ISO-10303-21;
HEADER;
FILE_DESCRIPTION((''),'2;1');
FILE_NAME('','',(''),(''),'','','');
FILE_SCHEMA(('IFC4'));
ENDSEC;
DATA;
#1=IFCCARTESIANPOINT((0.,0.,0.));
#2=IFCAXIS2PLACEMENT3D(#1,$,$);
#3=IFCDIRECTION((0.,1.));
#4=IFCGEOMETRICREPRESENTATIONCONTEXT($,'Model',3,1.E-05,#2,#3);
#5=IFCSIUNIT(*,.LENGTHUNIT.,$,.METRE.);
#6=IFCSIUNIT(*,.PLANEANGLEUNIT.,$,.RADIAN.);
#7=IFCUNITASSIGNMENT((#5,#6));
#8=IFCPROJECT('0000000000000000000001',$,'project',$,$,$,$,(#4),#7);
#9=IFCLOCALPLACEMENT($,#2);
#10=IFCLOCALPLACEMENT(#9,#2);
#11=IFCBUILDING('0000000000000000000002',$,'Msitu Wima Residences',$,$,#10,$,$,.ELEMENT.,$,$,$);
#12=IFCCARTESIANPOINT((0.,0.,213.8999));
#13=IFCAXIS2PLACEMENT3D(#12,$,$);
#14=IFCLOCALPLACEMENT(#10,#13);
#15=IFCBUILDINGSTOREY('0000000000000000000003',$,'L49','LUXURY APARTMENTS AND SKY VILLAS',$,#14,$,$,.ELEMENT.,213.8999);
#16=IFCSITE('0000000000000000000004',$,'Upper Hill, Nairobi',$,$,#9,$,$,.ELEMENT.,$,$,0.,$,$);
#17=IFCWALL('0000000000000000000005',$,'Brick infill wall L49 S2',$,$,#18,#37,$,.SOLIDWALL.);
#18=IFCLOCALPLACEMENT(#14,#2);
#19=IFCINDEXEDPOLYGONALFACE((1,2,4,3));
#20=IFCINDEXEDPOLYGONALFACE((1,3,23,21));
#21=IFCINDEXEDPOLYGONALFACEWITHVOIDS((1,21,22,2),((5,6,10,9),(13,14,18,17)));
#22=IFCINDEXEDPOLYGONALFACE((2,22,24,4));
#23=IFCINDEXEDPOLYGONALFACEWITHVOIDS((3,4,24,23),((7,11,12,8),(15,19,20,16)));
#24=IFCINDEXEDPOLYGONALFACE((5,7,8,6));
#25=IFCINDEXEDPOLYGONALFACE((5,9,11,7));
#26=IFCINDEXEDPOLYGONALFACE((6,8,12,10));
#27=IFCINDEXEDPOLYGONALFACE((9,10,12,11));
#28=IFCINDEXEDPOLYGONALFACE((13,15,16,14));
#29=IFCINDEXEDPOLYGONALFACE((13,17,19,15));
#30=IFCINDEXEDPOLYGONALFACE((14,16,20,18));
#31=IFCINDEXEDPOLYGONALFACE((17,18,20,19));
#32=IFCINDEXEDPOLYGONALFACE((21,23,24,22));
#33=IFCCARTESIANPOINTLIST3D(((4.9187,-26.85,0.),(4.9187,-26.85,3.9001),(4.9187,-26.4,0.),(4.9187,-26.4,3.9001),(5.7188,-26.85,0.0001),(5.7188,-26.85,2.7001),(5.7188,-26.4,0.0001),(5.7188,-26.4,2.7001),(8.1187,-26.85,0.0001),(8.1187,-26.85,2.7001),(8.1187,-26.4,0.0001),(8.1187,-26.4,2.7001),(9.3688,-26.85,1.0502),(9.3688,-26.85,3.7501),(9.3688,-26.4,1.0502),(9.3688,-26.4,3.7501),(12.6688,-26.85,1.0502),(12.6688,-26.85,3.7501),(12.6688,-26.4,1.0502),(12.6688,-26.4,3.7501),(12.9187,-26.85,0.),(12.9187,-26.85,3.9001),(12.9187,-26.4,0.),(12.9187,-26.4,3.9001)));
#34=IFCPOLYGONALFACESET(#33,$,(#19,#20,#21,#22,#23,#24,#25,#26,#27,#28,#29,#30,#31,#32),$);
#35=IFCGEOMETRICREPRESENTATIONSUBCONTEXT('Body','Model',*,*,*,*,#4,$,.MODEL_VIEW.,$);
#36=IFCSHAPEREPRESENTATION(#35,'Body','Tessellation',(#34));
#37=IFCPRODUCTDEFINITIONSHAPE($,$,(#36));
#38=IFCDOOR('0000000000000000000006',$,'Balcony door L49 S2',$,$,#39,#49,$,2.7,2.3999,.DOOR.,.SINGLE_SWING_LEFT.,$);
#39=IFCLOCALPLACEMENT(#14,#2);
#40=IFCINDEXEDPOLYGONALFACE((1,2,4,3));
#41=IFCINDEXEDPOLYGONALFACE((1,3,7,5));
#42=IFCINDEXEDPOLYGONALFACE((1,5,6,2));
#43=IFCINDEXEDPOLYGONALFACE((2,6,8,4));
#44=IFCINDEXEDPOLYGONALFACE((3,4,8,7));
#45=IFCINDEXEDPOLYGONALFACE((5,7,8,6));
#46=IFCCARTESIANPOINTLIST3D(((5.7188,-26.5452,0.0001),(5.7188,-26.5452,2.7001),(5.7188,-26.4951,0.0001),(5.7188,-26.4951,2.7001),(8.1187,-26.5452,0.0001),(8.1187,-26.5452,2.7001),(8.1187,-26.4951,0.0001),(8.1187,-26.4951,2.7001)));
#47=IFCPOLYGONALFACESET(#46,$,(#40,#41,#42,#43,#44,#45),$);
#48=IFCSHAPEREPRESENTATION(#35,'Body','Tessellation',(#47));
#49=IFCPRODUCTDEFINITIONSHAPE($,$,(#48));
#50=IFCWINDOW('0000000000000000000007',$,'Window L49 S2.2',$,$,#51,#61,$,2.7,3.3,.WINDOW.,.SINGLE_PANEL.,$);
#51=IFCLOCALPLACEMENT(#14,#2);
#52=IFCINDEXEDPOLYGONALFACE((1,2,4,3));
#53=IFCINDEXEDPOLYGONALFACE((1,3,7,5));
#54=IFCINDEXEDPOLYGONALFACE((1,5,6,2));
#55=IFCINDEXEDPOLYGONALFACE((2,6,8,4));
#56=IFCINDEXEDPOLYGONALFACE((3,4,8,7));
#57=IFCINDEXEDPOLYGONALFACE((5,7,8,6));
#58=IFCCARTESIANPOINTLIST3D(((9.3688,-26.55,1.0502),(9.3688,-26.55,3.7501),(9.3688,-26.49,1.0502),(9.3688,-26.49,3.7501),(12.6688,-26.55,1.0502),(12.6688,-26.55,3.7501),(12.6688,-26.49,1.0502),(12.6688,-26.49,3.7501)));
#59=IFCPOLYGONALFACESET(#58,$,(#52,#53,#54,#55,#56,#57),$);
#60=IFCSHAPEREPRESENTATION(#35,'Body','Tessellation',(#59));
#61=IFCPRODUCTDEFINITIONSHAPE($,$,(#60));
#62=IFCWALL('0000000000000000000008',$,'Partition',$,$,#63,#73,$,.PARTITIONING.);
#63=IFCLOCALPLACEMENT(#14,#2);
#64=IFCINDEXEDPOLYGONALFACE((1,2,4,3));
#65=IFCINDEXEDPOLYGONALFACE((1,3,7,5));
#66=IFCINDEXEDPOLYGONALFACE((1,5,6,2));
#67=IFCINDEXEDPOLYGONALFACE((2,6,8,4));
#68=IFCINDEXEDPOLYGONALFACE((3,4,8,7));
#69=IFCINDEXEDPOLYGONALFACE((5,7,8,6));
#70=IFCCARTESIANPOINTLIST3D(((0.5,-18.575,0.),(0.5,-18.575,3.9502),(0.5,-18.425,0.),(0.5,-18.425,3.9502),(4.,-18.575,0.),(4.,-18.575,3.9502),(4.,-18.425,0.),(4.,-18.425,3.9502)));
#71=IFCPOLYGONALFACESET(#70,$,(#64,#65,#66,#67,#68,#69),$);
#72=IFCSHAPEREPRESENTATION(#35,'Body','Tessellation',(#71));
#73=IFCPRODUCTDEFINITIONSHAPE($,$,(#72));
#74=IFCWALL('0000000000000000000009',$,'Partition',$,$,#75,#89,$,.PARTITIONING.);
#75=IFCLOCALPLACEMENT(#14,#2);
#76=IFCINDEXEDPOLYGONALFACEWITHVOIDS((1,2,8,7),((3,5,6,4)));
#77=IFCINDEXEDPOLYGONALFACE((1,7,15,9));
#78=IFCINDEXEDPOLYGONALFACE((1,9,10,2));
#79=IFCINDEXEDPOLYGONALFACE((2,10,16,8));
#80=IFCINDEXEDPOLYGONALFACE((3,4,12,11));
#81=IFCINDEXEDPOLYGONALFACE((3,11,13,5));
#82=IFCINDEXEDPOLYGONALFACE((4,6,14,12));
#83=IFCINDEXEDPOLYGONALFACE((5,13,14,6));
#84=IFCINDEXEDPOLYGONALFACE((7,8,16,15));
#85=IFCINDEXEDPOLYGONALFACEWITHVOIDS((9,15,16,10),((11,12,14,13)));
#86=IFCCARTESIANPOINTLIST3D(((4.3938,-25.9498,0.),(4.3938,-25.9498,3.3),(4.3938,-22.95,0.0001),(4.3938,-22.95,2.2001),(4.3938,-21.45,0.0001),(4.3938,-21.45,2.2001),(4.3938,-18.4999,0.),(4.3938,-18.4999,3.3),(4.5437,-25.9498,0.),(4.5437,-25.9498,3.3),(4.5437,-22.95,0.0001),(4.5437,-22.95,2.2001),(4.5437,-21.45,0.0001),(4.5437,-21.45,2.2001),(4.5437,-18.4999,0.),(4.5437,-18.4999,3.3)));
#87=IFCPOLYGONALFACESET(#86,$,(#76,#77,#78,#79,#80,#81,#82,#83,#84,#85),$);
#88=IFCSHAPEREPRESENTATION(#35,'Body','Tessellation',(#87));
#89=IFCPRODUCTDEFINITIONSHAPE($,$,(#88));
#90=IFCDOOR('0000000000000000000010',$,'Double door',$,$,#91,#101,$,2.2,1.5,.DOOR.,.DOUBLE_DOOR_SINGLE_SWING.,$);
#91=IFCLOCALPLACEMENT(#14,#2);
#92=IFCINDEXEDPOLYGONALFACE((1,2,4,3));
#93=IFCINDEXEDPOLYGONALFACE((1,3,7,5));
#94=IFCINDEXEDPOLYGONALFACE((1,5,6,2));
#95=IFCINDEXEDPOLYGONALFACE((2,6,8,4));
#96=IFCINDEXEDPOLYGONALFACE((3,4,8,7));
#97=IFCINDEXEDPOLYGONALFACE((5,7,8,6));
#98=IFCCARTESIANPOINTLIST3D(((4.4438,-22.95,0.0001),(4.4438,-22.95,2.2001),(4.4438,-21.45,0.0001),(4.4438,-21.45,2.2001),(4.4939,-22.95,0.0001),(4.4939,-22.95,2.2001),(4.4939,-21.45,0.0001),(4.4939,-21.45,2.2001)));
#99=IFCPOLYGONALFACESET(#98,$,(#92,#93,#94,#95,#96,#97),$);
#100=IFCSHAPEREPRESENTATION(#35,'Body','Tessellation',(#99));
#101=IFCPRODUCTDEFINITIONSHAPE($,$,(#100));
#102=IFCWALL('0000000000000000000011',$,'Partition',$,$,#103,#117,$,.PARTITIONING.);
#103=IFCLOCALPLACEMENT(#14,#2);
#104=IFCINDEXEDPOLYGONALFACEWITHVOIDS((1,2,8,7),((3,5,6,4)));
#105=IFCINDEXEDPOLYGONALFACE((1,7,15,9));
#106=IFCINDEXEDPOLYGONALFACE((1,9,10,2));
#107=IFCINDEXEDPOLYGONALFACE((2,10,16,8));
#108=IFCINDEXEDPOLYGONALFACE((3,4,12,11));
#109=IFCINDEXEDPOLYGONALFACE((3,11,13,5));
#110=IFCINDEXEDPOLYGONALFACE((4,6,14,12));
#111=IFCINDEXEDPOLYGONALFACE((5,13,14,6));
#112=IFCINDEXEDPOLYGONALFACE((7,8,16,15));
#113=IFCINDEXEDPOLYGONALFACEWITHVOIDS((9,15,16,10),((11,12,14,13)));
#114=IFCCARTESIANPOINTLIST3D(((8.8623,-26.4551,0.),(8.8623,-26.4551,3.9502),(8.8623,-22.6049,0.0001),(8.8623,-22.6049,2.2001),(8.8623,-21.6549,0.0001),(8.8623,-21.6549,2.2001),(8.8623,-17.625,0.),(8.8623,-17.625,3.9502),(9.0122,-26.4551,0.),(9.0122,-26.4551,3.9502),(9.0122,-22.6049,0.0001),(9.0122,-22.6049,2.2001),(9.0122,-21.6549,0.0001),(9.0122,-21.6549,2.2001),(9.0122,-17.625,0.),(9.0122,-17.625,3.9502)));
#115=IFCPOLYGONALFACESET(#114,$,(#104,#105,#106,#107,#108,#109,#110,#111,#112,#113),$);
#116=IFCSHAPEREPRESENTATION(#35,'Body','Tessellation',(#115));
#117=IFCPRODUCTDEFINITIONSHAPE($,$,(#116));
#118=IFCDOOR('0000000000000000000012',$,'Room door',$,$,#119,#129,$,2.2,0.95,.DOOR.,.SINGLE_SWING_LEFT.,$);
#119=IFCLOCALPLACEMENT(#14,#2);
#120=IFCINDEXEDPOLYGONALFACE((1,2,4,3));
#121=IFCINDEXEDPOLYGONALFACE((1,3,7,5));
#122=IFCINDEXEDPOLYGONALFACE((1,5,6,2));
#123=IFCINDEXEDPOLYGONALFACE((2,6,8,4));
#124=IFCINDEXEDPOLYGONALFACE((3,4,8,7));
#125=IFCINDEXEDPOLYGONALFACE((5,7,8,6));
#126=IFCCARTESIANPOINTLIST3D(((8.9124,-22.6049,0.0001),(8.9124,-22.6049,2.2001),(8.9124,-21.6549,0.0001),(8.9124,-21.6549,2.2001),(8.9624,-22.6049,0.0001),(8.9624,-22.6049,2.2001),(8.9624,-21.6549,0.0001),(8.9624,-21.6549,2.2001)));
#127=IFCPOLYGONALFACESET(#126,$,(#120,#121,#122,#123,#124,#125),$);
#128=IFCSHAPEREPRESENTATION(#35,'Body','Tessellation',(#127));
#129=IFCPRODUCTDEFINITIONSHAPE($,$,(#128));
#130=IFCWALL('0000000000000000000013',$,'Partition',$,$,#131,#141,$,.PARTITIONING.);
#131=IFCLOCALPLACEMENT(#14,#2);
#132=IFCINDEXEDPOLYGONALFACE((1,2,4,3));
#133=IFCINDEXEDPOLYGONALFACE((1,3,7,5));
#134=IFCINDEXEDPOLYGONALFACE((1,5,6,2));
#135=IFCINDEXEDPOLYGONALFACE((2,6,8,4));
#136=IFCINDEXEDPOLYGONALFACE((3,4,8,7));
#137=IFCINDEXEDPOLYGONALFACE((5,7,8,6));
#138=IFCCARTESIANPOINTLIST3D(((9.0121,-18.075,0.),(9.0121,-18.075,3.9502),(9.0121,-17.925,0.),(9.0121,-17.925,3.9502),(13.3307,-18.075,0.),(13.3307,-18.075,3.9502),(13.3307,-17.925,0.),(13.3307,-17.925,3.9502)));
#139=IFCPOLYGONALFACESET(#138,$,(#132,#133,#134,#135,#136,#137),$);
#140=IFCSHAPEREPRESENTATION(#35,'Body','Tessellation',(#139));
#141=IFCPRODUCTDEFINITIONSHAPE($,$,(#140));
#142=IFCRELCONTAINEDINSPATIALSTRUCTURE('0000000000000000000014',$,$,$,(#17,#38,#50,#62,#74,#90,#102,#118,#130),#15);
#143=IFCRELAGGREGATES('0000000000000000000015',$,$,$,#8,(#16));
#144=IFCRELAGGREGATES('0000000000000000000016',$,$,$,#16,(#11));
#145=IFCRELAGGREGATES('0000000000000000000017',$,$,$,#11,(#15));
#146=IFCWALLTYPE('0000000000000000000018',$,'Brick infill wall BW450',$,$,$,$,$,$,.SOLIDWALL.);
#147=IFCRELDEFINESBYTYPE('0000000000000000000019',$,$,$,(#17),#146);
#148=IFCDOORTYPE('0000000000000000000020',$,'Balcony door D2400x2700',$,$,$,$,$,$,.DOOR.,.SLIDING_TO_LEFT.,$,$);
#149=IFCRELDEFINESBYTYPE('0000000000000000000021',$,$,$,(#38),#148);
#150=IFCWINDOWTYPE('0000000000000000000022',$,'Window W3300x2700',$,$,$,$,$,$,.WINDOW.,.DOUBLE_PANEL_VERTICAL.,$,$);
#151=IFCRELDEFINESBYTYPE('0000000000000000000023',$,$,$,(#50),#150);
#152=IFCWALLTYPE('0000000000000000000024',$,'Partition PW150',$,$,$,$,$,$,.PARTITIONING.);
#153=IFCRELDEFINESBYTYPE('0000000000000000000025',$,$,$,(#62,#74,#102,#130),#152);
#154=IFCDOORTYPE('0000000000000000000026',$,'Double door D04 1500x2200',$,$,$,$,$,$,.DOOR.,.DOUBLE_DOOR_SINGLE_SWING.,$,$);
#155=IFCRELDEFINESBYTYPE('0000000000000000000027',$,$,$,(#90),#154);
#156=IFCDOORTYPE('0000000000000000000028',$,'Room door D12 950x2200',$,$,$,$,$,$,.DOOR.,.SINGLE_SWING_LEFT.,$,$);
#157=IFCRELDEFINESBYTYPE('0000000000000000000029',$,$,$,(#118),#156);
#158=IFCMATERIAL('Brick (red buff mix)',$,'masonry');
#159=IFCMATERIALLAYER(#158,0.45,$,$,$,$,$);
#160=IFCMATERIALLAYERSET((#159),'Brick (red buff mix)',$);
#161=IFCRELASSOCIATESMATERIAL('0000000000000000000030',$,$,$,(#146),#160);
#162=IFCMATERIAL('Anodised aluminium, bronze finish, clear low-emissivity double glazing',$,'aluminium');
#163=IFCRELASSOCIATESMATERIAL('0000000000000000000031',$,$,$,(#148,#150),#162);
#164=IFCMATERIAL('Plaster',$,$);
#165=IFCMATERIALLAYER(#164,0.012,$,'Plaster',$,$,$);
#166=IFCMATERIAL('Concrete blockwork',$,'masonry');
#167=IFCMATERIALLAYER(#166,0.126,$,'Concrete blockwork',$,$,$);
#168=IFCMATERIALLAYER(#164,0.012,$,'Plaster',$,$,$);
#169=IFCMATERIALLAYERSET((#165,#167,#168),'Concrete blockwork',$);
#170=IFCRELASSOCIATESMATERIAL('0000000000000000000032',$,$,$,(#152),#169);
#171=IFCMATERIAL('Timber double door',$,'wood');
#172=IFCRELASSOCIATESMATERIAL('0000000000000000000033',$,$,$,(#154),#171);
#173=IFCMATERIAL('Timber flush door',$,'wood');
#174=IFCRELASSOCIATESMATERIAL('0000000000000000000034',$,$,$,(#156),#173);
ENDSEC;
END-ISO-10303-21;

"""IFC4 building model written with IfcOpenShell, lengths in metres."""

from ifc_helpers import new_model, si_unit, direction, frame, frame_2d, origin, place, context, subcontext, project, spatial, rectangle, extrude, material, layer, layer_set, type_object, element, fill, save


model = new_model("IFC4")

# Units and contexts
model_context = context("Model", 3, precision=1e-05, world=origin(), true_north=direction((0.0, 1.0)))
body_context = subcontext(model_context, "Body", "Model", "MODEL_VIEW")
ifc_project = project(units=[si_unit("LENGTHUNIT", "METRE"), si_unit("PLANEANGLEUNIT", "RADIAN")], contexts=[model_context])

# Site, building, storey
site_placement = place(None, origin())
site = spatial("IfcSite", under=ifc_project, at=site_placement, Name="Upper Hill, Nairobi", CompositionType="ELEMENT", RefElevation=0.0)
building_placement = place(site_placement, origin())
building = spatial("IfcBuilding", under=site, at=building_placement, Name="Msitu Wima Residences", CompositionType="ELEMENT")
storey_placement = place(building_placement, frame((0.0, 0.0, 213.8999)))
storey = spatial("IfcBuildingStorey", under=building, at=storey_placement, Name="L49", Description="LUXURY APARTMENTS AND SKY VILLAS", CompositionType="ELEMENT", Elevation=213.8999)

# Wall, openings, door, window
ifc_material_1 = material(Name="Brick (red buff mix)", Category="masonry")
ifc_layer_1 = layer(ifc_material_1, 0.45)
ifc_layer_set_1 = layer_set([ifc_layer_1], Name="Brick (red buff mix)")
wall_type_1 = type_object("IfcWallType", Name="Brick infill wall BW450", PredefinedType="SOLIDWALL", material=ifc_layer_set_1)
wall_1_placement = place(storey_placement, frame((4.9187, -26.625, 0.0), z_axis=(0.0, 0.0, 1.0), x_axis=(1.0, 0.0, 0.0)))
wall_1 = element("IfcWall", 1, at=wall_1_placement, inside=storey, type_object=wall_type_1, Name="Brick infill wall L49 S2", PredefinedType="SOLIDWALL", context=body_context, shape_type="SweptSolid", body=[
    extrude(rectangle(XDim=8.0, YDim=0.45, at=frame_2d((4.0, 0.0))), origin(), (0.0, 0.0, 1.0), 3.9001),
])
opening_1_placement = place(wall_1_placement, frame((0.8, 0.0, 0.0)))
opening_1 = element("IfcOpeningElement", 2, at=opening_1_placement, cuts=wall_1, PredefinedType="OPENING", context=body_context, shape_type="SweptSolid", body=[
    extrude(rectangle(XDim=2.3999, YDim=2.7, at=frame_2d((1.2, 1.3501))), frame((0.0, 0.2349, 0.0), z_axis=(0.0, -1.0, 0.0), x_axis=(1.0, 0.0, 0.0)), (0.0, 0.0, 1.0), 0.47),
])
opening_2_placement = place(wall_1_placement, frame((4.4502, 0.0, 1.05)))
opening_2 = element("IfcOpeningElement", 3, at=opening_2_placement, cuts=wall_1, PredefinedType="OPENING", context=body_context, shape_type="SweptSolid", body=[
    extrude(rectangle(XDim=3.3, YDim=2.7, at=frame_2d((1.6499, 1.3501))), frame((0.0, 0.2349, 0.0), z_axis=(0.0, -1.0, 0.0), x_axis=(1.0, 0.0, 0.0)), (0.0, 0.0, 1.0), 0.47),
])
ifc_material_2 = material(Name="Anodised aluminium, bronze finish, clear low-emissivity double glazing", Category="aluminium")
door_type_1 = type_object("IfcDoorType", Name="Balcony door D2400x2700", OperationType="SLIDING_TO_LEFT", PredefinedType="DOOR", material=ifc_material_2)
door_1_placement = place(opening_1_placement, origin())
door_1 = element("IfcDoor", 4, at=door_1_placement, inside=storey, type_object=door_type_1, Name="Balcony door L49 S2", OperationType="SINGLE_SWING_LEFT", OverallHeight=2.7, OverallWidth=2.3999, PredefinedType="DOOR", context=body_context, shape_type="SweptSolid", body=[
    extrude(rectangle(XDim=2.3999, YDim=2.7, at=frame_2d((1.2, 1.3501))), frame((0.0, 0.1299, 0.0), z_axis=(0.0, -1.0, 0.0), x_axis=(1.0, 0.0, 0.0)), (0.0, 0.0, 1.0), 0.05),
])
fill(opening_1, door_1)
window_type = type_object("IfcWindowType", Name="Window W3300x2700", PartitioningType="DOUBLE_PANEL_VERTICAL", PredefinedType="WINDOW", material=ifc_material_2)
window_placement = place(opening_2_placement, origin())
window = element("IfcWindow", 5, at=window_placement, inside=storey, type_object=window_type, Name="Window L49 S2.2", OverallHeight=2.7, OverallWidth=3.3, PartitioningType="SINGLE_PANEL", PredefinedType="WINDOW", context=body_context, shape_type="SweptSolid", body=[
    extrude(rectangle(XDim=3.3, YDim=2.7, at=frame_2d((1.6499, 1.3501))), frame((0.0, 0.135, 0.0), z_axis=(0.0, -1.0, 0.0), x_axis=(1.0, 0.0, 0.0)), (0.0, 0.0, 1.0), 0.0601),
])
fill(opening_2, window)

# Wall
ifc_material_3 = material(Name="Plaster")
ifc_layer_2 = layer(ifc_material_3, 0.012, Name="Plaster")
ifc_material_4 = material(Name="Concrete blockwork", Category="masonry")
ifc_layer_3 = layer(ifc_material_4, 0.126, Name="Concrete blockwork")
ifc_layer_4 = layer(ifc_material_3, 0.012, Name="Plaster")
ifc_layer_set_2 = layer_set([ifc_layer_2, ifc_layer_3, ifc_layer_4], Name="Concrete blockwork")
wall_type_2 = type_object("IfcWallType", Name="Partition PW150", PredefinedType="PARTITIONING", material=ifc_layer_set_2)
wall_2_placement = place(storey_placement, frame((0.5, -18.5, 0.0), z_axis=(0.0, 0.0, 1.0), x_axis=(1.0, 0.0, 0.0)))
element("IfcWall", 6, at=wall_2_placement, inside=storey, type_object=wall_type_2, Name="Partition", PredefinedType="PARTITIONING", context=body_context, shape_type="SweptSolid", body=[
    extrude(rectangle(XDim=3.5, YDim=0.1499, at=frame_2d((1.75, 0.0))), origin(), (0.0, 0.0, 1.0), 3.9502),
])

# Walls, openings, doors
wall_3_placement = place(storey_placement, frame((4.4688, -25.95, 0.0), z_axis=(0.0, 0.0, 1.0), x_axis=(0.0, 1.0, 0.0)))
wall_3 = element("IfcWall", 7, at=wall_3_placement, inside=storey, type_object=wall_type_2, Name="Partition", PredefinedType="PARTITIONING", context=body_context, shape_type="SweptSolid", body=[
    extrude(rectangle(XDim=7.45, YDim=0.1499, at=frame_2d((3.7251, 0.0))), origin(), (0.0, 0.0, 1.0), 3.3),
])
opening_3_placement = place(wall_3_placement, frame((3.0, 0.0, 0.0)))
opening_3 = element("IfcOpeningElement", 8, at=opening_3_placement, cuts=wall_3, PredefinedType="OPENING", context=body_context, shape_type="SweptSolid", body=[
    extrude(rectangle(XDim=1.5, YDim=2.2, at=frame_2d((0.75, 1.1001))), frame((0.0, 0.085, 0.0), z_axis=(0.0, -1.0, 0.0), x_axis=(1.0, 0.0, 0.0)), (0.0, 0.0, 1.0), 0.1699),
])
ifc_material_5 = material(Name="Timber double door", Category="wood")
door_type_2 = type_object("IfcDoorType", Name="Double door D04 1500x2200", OperationType="DOUBLE_DOOR_SINGLE_SWING", PredefinedType="DOOR", material=ifc_material_5)
door_2_placement = place(opening_3_placement, origin())
door_2 = element("IfcDoor", 9, at=door_2_placement, inside=storey, type_object=door_type_2, Name="Double door", OperationType="DOUBLE_DOOR_SINGLE_SWING", OverallHeight=2.2, OverallWidth=1.5, PredefinedType="DOOR", context=body_context, shape_type="SweptSolid", body=[
    extrude(rectangle(XDim=1.5, YDim=2.2, at=frame_2d((0.75, 1.1001))), frame((0.0, 0.0249, 0.0), z_axis=(0.0, -1.0, 0.0), x_axis=(1.0, 0.0, 0.0)), (0.0, 0.0, 1.0), 0.05),
])
fill(opening_3, door_2)
wall_4_placement = place(storey_placement, frame((8.9373, -26.4551, 0.0), z_axis=(0.0, 0.0, 1.0), x_axis=(0.0, 1.0, 0.0)))
wall_4 = element("IfcWall", 10, at=wall_4_placement, inside=storey, type_object=wall_type_2, Name="Partition", PredefinedType="PARTITIONING", context=body_context, shape_type="SweptSolid", body=[
    extrude(rectangle(XDim=8.8301, YDim=0.1499, at=frame_2d((4.415, 0.0))), origin(), (0.0, 0.0, 1.0), 3.9502),
])
opening_4_placement = place(wall_4_placement, frame((3.8501, 0.0, 0.0)))
opening_4 = element("IfcOpeningElement", 11, at=opening_4_placement, cuts=wall_4, PredefinedType="OPENING", context=body_context, shape_type="SweptSolid", body=[
    extrude(rectangle(XDim=0.95, YDim=2.2, at=frame_2d((0.4751, 1.1001))), frame((0.0, 0.085, 0.0), z_axis=(0.0, -1.0, 0.0), x_axis=(1.0, 0.0, 0.0)), (0.0, 0.0, 1.0), 0.1699),
])
ifc_material_6 = material(Name="Timber flush door", Category="wood")
door_type_3 = type_object("IfcDoorType", Name="Room door D12 950x2200", OperationType="SINGLE_SWING_LEFT", PredefinedType="DOOR", material=ifc_material_6)
door_3_placement = place(opening_4_placement, origin())
door_3 = element("IfcDoor", 12, at=door_3_placement, inside=storey, type_object=door_type_3, Name="Room door", OperationType="SINGLE_SWING_LEFT", OverallHeight=2.2, OverallWidth=0.95, PredefinedType="DOOR", context=body_context, shape_type="SweptSolid", body=[
    extrude(rectangle(XDim=0.95, YDim=2.2, at=frame_2d((0.4751, 1.1001))), frame((0.0, 0.0249, 0.0), z_axis=(0.0, -1.0, 0.0), x_axis=(1.0, 0.0, 0.0)), (0.0, 0.0, 1.0), 0.05),
])
fill(opening_4, door_3)

# Wall
wall_5_placement = place(storey_placement, frame((9.0122, -18.0, 0.0), z_axis=(0.0, 0.0, 1.0), x_axis=(1.0, 0.0, 0.0)))
element("IfcWall", 13, at=wall_5_placement, inside=storey, type_object=wall_type_2, Name="Partition", PredefinedType="PARTITIONING", context=body_context, shape_type="SweptSolid", body=[
    extrude(rectangle(XDim=4.3186, YDim=0.1499, at=frame_2d((2.1592, 0.0))), origin(), (0.0, 0.0, 1.0), 3.9502),
])

save(model, "model.ifc")
